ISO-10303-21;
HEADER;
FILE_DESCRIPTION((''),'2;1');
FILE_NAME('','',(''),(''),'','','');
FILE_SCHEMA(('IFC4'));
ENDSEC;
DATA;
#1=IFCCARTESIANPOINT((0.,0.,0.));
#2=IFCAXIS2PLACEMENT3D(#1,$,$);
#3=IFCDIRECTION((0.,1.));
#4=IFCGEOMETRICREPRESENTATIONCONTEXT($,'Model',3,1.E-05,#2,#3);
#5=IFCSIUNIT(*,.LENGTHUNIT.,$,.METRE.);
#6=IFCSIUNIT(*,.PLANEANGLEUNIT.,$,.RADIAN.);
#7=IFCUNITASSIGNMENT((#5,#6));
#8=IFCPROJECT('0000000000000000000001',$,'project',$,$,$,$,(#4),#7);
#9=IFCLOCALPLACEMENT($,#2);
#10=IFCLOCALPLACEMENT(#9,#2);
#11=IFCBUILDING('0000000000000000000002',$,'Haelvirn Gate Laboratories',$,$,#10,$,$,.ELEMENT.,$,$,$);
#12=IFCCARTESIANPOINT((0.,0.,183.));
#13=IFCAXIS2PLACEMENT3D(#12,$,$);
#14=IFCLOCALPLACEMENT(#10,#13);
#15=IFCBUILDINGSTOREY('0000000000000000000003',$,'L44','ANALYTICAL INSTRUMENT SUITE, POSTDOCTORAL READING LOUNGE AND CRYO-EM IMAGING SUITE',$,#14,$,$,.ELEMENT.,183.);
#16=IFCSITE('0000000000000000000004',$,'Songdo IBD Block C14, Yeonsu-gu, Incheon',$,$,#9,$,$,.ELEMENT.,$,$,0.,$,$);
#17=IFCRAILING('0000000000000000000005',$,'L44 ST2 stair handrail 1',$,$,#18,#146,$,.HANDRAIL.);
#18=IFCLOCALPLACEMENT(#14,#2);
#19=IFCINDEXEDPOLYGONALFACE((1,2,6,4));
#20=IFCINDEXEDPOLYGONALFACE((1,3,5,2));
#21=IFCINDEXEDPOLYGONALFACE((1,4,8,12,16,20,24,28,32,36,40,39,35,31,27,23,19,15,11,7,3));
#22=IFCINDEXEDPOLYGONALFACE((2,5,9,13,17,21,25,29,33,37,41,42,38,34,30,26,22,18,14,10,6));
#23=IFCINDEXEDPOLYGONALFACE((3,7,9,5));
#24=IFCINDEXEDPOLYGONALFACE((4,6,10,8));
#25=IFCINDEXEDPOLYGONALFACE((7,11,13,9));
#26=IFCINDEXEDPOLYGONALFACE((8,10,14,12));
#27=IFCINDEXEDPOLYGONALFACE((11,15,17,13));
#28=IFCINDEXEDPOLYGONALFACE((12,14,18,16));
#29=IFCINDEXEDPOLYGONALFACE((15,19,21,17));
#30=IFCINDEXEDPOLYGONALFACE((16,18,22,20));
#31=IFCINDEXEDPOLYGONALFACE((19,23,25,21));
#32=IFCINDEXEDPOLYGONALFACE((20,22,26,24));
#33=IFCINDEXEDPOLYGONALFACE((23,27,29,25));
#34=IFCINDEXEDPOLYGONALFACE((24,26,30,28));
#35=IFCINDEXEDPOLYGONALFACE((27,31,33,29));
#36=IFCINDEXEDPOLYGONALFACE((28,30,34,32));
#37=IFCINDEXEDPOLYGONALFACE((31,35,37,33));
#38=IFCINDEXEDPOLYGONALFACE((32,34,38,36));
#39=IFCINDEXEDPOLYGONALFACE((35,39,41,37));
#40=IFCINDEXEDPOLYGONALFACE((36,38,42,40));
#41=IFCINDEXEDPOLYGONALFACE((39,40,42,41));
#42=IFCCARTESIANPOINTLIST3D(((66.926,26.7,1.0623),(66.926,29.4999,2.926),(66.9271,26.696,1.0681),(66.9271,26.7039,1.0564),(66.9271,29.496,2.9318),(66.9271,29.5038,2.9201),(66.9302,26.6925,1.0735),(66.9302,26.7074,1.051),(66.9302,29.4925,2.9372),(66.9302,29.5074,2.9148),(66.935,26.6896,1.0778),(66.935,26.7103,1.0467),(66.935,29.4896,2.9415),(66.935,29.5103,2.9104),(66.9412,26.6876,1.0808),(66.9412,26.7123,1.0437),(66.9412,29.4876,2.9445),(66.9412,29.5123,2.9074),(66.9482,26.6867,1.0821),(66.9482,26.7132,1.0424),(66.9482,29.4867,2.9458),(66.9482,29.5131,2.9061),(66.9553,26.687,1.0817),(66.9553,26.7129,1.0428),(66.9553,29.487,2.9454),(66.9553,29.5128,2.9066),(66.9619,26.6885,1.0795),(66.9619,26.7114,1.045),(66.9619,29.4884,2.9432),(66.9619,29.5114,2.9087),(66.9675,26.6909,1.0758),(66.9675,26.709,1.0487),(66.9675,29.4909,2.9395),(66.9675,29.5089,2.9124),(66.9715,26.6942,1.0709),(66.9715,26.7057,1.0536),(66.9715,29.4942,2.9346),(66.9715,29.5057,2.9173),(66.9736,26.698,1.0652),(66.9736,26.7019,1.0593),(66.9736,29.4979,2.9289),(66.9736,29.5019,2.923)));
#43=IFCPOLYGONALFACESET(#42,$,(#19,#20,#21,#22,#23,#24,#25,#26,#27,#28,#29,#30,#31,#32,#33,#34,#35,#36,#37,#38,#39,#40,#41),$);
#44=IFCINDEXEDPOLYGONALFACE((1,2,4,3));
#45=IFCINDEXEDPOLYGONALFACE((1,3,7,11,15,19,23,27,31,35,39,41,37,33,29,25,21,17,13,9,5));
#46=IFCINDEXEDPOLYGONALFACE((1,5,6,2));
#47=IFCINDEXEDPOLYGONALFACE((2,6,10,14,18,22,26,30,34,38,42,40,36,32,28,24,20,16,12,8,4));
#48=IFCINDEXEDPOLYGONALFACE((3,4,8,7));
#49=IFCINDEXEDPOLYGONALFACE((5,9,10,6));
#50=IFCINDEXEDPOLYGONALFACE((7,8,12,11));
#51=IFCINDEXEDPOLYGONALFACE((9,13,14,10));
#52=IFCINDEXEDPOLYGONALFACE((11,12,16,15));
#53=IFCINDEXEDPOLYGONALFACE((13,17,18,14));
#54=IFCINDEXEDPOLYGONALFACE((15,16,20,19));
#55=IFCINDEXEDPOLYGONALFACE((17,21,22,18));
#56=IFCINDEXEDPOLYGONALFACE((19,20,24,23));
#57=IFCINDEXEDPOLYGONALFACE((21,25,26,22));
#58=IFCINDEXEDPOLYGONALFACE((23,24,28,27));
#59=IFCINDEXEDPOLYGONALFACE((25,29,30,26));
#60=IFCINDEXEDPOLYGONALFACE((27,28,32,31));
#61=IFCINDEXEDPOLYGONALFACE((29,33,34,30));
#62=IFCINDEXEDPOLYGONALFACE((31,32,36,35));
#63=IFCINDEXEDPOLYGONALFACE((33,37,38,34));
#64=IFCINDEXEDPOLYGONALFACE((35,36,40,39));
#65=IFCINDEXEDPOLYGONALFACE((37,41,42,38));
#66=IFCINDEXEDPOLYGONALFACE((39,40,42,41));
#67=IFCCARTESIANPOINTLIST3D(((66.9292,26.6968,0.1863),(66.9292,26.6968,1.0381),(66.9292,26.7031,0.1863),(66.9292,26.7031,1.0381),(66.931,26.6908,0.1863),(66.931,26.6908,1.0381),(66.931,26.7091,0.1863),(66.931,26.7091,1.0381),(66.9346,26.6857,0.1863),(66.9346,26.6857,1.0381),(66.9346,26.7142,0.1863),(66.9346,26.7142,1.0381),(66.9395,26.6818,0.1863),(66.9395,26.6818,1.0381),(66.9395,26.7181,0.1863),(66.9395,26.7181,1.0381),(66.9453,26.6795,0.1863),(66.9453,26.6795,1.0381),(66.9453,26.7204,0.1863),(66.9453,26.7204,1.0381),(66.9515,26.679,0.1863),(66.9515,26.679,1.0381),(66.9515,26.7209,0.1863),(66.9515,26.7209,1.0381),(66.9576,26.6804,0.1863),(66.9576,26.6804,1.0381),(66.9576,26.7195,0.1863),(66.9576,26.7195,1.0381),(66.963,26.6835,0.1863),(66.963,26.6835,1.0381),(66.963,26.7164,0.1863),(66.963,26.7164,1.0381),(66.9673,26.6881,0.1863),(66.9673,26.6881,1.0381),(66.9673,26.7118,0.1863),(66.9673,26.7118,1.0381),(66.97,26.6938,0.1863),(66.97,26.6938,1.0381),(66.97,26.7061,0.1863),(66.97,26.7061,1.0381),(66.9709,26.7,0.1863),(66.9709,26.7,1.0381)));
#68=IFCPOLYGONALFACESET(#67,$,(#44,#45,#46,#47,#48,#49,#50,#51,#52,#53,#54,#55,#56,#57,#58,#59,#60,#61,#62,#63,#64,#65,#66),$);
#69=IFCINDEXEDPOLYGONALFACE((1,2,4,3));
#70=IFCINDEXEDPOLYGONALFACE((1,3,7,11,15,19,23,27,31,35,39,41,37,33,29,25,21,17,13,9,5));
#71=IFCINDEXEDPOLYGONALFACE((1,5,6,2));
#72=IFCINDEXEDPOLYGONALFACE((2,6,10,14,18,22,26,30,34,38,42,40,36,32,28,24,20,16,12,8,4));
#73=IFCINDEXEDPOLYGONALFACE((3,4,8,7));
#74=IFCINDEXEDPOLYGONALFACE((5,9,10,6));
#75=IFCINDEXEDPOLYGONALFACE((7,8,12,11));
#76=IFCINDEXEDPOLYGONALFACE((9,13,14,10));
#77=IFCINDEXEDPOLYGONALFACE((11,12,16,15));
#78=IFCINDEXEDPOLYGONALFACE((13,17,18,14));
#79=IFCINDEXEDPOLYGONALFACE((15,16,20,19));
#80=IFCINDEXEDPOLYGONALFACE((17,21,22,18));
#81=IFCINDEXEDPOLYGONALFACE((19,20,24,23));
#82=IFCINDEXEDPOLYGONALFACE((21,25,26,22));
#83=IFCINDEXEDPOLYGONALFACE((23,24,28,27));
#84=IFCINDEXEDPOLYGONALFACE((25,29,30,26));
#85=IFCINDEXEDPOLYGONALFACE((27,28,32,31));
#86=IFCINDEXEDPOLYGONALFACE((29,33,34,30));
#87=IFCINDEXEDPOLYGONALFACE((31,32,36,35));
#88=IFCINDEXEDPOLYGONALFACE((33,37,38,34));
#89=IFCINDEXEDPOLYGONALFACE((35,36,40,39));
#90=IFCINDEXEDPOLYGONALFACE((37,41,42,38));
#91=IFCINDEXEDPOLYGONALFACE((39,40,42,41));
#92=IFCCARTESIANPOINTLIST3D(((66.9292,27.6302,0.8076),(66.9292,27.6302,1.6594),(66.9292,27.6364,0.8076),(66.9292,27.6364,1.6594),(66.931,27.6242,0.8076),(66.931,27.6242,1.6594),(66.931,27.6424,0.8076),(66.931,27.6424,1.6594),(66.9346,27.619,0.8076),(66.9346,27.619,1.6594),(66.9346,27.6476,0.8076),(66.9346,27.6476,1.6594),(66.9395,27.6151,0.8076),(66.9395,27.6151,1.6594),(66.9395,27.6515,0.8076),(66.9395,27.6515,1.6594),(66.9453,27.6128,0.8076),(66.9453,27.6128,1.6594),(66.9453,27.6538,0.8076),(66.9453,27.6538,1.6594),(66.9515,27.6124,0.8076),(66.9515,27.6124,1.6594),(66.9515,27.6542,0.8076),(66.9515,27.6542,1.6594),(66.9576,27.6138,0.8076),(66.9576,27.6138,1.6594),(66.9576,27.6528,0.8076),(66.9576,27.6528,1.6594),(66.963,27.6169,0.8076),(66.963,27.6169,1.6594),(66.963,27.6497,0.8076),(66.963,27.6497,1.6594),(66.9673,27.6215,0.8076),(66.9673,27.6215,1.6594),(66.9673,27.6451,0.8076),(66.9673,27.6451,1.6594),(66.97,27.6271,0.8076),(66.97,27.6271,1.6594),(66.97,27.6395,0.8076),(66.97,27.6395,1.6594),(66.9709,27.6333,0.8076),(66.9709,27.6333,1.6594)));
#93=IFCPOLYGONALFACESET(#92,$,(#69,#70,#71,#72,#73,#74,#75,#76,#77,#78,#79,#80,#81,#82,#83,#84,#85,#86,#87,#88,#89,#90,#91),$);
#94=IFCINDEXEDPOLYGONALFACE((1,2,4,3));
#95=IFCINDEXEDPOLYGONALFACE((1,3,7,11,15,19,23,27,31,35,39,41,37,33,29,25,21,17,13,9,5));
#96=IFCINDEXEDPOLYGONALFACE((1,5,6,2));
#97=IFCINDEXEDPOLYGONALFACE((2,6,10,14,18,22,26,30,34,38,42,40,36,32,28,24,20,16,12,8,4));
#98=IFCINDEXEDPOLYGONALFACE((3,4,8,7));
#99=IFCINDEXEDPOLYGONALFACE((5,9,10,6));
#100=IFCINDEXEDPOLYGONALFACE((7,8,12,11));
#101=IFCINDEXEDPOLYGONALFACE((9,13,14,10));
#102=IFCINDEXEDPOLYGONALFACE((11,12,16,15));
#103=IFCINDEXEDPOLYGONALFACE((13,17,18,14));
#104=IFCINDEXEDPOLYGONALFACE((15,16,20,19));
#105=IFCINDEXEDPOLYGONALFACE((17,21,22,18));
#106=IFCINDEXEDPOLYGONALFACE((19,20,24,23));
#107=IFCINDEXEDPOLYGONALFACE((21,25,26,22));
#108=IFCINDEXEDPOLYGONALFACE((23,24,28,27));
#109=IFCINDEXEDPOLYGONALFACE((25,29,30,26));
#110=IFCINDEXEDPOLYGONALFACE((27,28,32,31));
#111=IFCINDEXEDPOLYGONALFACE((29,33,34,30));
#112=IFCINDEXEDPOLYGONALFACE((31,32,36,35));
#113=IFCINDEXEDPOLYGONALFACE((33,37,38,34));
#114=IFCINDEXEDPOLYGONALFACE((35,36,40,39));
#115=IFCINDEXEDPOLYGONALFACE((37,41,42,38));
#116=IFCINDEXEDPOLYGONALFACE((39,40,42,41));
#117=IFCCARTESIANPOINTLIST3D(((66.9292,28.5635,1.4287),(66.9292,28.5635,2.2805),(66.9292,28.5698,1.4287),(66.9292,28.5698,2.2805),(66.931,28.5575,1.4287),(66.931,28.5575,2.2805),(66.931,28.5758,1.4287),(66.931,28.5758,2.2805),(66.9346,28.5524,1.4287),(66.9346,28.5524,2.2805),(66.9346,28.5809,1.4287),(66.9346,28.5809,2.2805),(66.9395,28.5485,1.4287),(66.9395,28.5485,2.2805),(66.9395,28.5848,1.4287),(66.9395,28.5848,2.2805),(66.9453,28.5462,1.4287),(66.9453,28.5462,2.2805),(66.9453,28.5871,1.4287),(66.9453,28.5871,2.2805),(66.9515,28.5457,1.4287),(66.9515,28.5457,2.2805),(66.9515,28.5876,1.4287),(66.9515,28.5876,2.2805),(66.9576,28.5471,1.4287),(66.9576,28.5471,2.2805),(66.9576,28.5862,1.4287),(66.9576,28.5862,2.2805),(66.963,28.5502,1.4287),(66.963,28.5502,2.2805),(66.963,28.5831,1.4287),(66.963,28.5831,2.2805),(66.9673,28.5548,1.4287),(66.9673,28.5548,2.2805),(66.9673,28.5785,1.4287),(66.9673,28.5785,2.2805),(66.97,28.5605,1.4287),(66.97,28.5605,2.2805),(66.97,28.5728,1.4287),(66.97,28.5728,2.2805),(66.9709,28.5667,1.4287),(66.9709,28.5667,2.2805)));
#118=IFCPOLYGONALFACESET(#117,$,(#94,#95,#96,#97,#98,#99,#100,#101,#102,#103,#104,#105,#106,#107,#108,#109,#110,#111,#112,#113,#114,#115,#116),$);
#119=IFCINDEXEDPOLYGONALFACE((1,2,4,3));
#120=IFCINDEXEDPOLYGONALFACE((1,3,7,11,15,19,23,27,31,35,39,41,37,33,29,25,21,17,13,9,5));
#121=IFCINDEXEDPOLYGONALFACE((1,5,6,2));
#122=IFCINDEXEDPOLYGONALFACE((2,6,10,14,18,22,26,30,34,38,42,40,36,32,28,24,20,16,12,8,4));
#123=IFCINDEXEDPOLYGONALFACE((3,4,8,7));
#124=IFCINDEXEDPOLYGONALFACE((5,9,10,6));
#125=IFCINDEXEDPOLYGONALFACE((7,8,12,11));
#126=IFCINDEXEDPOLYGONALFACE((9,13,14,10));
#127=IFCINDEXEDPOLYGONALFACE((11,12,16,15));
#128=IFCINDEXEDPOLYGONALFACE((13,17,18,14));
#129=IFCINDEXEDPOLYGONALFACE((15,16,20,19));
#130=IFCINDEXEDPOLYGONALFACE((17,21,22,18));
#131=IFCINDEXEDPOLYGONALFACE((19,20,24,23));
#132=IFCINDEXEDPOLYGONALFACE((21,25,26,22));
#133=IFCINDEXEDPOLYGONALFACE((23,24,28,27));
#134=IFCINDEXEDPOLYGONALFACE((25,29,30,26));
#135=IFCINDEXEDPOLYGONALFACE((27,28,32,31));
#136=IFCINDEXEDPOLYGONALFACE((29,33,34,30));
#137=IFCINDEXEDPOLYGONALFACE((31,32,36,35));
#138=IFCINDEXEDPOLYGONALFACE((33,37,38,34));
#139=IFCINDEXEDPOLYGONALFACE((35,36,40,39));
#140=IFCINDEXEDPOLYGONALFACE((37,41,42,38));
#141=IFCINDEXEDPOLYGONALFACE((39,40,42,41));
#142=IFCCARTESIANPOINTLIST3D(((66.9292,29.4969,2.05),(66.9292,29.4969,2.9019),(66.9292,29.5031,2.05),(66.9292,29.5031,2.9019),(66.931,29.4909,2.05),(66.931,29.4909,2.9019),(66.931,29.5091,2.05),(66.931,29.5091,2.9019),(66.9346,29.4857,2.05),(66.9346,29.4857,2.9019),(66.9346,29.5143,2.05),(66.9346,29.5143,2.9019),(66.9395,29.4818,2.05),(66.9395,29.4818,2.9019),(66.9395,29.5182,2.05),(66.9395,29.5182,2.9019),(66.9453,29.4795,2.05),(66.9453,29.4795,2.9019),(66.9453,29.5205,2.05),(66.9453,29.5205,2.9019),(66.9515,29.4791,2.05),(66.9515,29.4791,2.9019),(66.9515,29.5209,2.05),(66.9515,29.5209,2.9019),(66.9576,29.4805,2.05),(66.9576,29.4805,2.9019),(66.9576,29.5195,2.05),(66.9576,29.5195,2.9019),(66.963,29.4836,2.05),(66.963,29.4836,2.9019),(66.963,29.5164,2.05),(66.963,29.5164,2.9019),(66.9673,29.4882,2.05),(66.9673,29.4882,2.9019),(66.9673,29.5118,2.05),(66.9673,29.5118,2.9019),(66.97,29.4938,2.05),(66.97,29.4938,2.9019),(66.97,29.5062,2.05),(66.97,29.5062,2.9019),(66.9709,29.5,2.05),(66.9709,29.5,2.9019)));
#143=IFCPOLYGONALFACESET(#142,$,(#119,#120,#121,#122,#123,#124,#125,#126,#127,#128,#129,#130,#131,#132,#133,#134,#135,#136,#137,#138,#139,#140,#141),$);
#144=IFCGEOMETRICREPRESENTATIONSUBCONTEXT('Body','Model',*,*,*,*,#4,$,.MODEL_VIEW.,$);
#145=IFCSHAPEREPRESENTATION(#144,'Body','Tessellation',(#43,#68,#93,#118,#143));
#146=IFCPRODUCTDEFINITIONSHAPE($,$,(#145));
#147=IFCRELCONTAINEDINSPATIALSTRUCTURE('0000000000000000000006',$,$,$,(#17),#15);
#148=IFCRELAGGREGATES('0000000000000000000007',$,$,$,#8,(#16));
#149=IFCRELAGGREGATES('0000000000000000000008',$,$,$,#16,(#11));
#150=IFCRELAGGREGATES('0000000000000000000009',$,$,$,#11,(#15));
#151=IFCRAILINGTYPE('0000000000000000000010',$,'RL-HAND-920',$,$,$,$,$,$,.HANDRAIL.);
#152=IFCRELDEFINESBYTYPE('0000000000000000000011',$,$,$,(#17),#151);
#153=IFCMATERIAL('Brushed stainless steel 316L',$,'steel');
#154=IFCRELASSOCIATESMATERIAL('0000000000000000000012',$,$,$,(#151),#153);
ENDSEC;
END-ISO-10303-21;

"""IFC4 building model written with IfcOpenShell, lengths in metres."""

from ifc_helpers import new_model, si_unit, direction, frame, origin, origin_2d, place, context, subcontext, project, spatial, circle, extrude, source, transform, mapped, material, type_object, element, save


model = new_model("IFC4")

# Units and contexts
model_context = context("Model", 3, precision=1e-05, world=origin(), true_north=direction((0.0, 1.0)))
body_context = subcontext(model_context, "Body", "Model", "MODEL_VIEW")
ifc_project = project(units=[si_unit("LENGTHUNIT", "METRE"), si_unit("PLANEANGLEUNIT", "RADIAN")], contexts=[model_context])

# Site, building, storey
site_placement = place(None, origin())
site = spatial("IfcSite", under=ifc_project, at=site_placement, Name="Songdo IBD Block C14, Yeonsu-gu, Incheon", CompositionType="ELEMENT", RefElevation=0.0)
building_placement = place(site_placement, origin())
building = spatial("IfcBuilding", under=site, at=building_placement, Name="Haelvirn Gate Laboratories", CompositionType="ELEMENT")
storey_placement = place(building_placement, frame((0.0, 0.0, 183.0)))
storey = spatial("IfcBuildingStorey", under=building, at=storey_placement, Name="L44", Description="ANALYTICAL INSTRUMENT SUITE, POSTDOCTORAL READING LOUNGE AND CRYO-EM IMAGING SUITE", CompositionType="ELEMENT", Elevation=183.0)

# Railing
ifc_material_1 = material(Name="Brushed stainless steel 316L", Category="steel")
railing_type_1 = type_object("IfcRailingType", Name="RL-HAND-920", PredefinedType="HANDRAIL", material=ifc_material_1)
shared_shape_1 = source(origin(), body_context, "Body", "SweptSolid", [
    extrude(circle(Radius=0.0239, at=origin_2d()), frame((0.0, 0.0, 0.876), z_axis=(0.0, 0.832452, 0.554097), x_axis=(-1.0, 0.0, 0.0)), (0.0, 0.0, 1.0), 3.3635),
    extrude(circle(Radius=0.021, at=origin_2d()), origin(), (0.0, 0.0, 1.0), 0.8518),
    extrude(circle(Radius=0.021, at=origin_2d()), frame((0.0, 0.9333, 0.6213)), (0.0, 0.0, 1.0), 0.8518),
    extrude(circle(Radius=0.021, at=origin_2d()), frame((0.0, 1.8667, 1.2424)), (0.0, 0.0, 1.0), 0.8518),
    extrude(circle(Radius=0.021, at=origin_2d()), frame((0.0, 2.8, 1.8638)), (0.0, 0.0, 1.0), 0.8518),
])
railing_1_placement = place(storey_placement, frame((66.95, 26.7, 0.1863)))
element("IfcRailing", 1, at=railing_1_placement, inside=storey, type_object=railing_type_1, Name="L44 ST2 stair handrail 1", PredefinedType="HANDRAIL", context=body_context, shape_type="MappedRepresentation", body=[
    mapped(shared_shape_1, transform((0.0, 0.0, 0.0), scale=1.0)),
])

save(model, "model.ifc")
